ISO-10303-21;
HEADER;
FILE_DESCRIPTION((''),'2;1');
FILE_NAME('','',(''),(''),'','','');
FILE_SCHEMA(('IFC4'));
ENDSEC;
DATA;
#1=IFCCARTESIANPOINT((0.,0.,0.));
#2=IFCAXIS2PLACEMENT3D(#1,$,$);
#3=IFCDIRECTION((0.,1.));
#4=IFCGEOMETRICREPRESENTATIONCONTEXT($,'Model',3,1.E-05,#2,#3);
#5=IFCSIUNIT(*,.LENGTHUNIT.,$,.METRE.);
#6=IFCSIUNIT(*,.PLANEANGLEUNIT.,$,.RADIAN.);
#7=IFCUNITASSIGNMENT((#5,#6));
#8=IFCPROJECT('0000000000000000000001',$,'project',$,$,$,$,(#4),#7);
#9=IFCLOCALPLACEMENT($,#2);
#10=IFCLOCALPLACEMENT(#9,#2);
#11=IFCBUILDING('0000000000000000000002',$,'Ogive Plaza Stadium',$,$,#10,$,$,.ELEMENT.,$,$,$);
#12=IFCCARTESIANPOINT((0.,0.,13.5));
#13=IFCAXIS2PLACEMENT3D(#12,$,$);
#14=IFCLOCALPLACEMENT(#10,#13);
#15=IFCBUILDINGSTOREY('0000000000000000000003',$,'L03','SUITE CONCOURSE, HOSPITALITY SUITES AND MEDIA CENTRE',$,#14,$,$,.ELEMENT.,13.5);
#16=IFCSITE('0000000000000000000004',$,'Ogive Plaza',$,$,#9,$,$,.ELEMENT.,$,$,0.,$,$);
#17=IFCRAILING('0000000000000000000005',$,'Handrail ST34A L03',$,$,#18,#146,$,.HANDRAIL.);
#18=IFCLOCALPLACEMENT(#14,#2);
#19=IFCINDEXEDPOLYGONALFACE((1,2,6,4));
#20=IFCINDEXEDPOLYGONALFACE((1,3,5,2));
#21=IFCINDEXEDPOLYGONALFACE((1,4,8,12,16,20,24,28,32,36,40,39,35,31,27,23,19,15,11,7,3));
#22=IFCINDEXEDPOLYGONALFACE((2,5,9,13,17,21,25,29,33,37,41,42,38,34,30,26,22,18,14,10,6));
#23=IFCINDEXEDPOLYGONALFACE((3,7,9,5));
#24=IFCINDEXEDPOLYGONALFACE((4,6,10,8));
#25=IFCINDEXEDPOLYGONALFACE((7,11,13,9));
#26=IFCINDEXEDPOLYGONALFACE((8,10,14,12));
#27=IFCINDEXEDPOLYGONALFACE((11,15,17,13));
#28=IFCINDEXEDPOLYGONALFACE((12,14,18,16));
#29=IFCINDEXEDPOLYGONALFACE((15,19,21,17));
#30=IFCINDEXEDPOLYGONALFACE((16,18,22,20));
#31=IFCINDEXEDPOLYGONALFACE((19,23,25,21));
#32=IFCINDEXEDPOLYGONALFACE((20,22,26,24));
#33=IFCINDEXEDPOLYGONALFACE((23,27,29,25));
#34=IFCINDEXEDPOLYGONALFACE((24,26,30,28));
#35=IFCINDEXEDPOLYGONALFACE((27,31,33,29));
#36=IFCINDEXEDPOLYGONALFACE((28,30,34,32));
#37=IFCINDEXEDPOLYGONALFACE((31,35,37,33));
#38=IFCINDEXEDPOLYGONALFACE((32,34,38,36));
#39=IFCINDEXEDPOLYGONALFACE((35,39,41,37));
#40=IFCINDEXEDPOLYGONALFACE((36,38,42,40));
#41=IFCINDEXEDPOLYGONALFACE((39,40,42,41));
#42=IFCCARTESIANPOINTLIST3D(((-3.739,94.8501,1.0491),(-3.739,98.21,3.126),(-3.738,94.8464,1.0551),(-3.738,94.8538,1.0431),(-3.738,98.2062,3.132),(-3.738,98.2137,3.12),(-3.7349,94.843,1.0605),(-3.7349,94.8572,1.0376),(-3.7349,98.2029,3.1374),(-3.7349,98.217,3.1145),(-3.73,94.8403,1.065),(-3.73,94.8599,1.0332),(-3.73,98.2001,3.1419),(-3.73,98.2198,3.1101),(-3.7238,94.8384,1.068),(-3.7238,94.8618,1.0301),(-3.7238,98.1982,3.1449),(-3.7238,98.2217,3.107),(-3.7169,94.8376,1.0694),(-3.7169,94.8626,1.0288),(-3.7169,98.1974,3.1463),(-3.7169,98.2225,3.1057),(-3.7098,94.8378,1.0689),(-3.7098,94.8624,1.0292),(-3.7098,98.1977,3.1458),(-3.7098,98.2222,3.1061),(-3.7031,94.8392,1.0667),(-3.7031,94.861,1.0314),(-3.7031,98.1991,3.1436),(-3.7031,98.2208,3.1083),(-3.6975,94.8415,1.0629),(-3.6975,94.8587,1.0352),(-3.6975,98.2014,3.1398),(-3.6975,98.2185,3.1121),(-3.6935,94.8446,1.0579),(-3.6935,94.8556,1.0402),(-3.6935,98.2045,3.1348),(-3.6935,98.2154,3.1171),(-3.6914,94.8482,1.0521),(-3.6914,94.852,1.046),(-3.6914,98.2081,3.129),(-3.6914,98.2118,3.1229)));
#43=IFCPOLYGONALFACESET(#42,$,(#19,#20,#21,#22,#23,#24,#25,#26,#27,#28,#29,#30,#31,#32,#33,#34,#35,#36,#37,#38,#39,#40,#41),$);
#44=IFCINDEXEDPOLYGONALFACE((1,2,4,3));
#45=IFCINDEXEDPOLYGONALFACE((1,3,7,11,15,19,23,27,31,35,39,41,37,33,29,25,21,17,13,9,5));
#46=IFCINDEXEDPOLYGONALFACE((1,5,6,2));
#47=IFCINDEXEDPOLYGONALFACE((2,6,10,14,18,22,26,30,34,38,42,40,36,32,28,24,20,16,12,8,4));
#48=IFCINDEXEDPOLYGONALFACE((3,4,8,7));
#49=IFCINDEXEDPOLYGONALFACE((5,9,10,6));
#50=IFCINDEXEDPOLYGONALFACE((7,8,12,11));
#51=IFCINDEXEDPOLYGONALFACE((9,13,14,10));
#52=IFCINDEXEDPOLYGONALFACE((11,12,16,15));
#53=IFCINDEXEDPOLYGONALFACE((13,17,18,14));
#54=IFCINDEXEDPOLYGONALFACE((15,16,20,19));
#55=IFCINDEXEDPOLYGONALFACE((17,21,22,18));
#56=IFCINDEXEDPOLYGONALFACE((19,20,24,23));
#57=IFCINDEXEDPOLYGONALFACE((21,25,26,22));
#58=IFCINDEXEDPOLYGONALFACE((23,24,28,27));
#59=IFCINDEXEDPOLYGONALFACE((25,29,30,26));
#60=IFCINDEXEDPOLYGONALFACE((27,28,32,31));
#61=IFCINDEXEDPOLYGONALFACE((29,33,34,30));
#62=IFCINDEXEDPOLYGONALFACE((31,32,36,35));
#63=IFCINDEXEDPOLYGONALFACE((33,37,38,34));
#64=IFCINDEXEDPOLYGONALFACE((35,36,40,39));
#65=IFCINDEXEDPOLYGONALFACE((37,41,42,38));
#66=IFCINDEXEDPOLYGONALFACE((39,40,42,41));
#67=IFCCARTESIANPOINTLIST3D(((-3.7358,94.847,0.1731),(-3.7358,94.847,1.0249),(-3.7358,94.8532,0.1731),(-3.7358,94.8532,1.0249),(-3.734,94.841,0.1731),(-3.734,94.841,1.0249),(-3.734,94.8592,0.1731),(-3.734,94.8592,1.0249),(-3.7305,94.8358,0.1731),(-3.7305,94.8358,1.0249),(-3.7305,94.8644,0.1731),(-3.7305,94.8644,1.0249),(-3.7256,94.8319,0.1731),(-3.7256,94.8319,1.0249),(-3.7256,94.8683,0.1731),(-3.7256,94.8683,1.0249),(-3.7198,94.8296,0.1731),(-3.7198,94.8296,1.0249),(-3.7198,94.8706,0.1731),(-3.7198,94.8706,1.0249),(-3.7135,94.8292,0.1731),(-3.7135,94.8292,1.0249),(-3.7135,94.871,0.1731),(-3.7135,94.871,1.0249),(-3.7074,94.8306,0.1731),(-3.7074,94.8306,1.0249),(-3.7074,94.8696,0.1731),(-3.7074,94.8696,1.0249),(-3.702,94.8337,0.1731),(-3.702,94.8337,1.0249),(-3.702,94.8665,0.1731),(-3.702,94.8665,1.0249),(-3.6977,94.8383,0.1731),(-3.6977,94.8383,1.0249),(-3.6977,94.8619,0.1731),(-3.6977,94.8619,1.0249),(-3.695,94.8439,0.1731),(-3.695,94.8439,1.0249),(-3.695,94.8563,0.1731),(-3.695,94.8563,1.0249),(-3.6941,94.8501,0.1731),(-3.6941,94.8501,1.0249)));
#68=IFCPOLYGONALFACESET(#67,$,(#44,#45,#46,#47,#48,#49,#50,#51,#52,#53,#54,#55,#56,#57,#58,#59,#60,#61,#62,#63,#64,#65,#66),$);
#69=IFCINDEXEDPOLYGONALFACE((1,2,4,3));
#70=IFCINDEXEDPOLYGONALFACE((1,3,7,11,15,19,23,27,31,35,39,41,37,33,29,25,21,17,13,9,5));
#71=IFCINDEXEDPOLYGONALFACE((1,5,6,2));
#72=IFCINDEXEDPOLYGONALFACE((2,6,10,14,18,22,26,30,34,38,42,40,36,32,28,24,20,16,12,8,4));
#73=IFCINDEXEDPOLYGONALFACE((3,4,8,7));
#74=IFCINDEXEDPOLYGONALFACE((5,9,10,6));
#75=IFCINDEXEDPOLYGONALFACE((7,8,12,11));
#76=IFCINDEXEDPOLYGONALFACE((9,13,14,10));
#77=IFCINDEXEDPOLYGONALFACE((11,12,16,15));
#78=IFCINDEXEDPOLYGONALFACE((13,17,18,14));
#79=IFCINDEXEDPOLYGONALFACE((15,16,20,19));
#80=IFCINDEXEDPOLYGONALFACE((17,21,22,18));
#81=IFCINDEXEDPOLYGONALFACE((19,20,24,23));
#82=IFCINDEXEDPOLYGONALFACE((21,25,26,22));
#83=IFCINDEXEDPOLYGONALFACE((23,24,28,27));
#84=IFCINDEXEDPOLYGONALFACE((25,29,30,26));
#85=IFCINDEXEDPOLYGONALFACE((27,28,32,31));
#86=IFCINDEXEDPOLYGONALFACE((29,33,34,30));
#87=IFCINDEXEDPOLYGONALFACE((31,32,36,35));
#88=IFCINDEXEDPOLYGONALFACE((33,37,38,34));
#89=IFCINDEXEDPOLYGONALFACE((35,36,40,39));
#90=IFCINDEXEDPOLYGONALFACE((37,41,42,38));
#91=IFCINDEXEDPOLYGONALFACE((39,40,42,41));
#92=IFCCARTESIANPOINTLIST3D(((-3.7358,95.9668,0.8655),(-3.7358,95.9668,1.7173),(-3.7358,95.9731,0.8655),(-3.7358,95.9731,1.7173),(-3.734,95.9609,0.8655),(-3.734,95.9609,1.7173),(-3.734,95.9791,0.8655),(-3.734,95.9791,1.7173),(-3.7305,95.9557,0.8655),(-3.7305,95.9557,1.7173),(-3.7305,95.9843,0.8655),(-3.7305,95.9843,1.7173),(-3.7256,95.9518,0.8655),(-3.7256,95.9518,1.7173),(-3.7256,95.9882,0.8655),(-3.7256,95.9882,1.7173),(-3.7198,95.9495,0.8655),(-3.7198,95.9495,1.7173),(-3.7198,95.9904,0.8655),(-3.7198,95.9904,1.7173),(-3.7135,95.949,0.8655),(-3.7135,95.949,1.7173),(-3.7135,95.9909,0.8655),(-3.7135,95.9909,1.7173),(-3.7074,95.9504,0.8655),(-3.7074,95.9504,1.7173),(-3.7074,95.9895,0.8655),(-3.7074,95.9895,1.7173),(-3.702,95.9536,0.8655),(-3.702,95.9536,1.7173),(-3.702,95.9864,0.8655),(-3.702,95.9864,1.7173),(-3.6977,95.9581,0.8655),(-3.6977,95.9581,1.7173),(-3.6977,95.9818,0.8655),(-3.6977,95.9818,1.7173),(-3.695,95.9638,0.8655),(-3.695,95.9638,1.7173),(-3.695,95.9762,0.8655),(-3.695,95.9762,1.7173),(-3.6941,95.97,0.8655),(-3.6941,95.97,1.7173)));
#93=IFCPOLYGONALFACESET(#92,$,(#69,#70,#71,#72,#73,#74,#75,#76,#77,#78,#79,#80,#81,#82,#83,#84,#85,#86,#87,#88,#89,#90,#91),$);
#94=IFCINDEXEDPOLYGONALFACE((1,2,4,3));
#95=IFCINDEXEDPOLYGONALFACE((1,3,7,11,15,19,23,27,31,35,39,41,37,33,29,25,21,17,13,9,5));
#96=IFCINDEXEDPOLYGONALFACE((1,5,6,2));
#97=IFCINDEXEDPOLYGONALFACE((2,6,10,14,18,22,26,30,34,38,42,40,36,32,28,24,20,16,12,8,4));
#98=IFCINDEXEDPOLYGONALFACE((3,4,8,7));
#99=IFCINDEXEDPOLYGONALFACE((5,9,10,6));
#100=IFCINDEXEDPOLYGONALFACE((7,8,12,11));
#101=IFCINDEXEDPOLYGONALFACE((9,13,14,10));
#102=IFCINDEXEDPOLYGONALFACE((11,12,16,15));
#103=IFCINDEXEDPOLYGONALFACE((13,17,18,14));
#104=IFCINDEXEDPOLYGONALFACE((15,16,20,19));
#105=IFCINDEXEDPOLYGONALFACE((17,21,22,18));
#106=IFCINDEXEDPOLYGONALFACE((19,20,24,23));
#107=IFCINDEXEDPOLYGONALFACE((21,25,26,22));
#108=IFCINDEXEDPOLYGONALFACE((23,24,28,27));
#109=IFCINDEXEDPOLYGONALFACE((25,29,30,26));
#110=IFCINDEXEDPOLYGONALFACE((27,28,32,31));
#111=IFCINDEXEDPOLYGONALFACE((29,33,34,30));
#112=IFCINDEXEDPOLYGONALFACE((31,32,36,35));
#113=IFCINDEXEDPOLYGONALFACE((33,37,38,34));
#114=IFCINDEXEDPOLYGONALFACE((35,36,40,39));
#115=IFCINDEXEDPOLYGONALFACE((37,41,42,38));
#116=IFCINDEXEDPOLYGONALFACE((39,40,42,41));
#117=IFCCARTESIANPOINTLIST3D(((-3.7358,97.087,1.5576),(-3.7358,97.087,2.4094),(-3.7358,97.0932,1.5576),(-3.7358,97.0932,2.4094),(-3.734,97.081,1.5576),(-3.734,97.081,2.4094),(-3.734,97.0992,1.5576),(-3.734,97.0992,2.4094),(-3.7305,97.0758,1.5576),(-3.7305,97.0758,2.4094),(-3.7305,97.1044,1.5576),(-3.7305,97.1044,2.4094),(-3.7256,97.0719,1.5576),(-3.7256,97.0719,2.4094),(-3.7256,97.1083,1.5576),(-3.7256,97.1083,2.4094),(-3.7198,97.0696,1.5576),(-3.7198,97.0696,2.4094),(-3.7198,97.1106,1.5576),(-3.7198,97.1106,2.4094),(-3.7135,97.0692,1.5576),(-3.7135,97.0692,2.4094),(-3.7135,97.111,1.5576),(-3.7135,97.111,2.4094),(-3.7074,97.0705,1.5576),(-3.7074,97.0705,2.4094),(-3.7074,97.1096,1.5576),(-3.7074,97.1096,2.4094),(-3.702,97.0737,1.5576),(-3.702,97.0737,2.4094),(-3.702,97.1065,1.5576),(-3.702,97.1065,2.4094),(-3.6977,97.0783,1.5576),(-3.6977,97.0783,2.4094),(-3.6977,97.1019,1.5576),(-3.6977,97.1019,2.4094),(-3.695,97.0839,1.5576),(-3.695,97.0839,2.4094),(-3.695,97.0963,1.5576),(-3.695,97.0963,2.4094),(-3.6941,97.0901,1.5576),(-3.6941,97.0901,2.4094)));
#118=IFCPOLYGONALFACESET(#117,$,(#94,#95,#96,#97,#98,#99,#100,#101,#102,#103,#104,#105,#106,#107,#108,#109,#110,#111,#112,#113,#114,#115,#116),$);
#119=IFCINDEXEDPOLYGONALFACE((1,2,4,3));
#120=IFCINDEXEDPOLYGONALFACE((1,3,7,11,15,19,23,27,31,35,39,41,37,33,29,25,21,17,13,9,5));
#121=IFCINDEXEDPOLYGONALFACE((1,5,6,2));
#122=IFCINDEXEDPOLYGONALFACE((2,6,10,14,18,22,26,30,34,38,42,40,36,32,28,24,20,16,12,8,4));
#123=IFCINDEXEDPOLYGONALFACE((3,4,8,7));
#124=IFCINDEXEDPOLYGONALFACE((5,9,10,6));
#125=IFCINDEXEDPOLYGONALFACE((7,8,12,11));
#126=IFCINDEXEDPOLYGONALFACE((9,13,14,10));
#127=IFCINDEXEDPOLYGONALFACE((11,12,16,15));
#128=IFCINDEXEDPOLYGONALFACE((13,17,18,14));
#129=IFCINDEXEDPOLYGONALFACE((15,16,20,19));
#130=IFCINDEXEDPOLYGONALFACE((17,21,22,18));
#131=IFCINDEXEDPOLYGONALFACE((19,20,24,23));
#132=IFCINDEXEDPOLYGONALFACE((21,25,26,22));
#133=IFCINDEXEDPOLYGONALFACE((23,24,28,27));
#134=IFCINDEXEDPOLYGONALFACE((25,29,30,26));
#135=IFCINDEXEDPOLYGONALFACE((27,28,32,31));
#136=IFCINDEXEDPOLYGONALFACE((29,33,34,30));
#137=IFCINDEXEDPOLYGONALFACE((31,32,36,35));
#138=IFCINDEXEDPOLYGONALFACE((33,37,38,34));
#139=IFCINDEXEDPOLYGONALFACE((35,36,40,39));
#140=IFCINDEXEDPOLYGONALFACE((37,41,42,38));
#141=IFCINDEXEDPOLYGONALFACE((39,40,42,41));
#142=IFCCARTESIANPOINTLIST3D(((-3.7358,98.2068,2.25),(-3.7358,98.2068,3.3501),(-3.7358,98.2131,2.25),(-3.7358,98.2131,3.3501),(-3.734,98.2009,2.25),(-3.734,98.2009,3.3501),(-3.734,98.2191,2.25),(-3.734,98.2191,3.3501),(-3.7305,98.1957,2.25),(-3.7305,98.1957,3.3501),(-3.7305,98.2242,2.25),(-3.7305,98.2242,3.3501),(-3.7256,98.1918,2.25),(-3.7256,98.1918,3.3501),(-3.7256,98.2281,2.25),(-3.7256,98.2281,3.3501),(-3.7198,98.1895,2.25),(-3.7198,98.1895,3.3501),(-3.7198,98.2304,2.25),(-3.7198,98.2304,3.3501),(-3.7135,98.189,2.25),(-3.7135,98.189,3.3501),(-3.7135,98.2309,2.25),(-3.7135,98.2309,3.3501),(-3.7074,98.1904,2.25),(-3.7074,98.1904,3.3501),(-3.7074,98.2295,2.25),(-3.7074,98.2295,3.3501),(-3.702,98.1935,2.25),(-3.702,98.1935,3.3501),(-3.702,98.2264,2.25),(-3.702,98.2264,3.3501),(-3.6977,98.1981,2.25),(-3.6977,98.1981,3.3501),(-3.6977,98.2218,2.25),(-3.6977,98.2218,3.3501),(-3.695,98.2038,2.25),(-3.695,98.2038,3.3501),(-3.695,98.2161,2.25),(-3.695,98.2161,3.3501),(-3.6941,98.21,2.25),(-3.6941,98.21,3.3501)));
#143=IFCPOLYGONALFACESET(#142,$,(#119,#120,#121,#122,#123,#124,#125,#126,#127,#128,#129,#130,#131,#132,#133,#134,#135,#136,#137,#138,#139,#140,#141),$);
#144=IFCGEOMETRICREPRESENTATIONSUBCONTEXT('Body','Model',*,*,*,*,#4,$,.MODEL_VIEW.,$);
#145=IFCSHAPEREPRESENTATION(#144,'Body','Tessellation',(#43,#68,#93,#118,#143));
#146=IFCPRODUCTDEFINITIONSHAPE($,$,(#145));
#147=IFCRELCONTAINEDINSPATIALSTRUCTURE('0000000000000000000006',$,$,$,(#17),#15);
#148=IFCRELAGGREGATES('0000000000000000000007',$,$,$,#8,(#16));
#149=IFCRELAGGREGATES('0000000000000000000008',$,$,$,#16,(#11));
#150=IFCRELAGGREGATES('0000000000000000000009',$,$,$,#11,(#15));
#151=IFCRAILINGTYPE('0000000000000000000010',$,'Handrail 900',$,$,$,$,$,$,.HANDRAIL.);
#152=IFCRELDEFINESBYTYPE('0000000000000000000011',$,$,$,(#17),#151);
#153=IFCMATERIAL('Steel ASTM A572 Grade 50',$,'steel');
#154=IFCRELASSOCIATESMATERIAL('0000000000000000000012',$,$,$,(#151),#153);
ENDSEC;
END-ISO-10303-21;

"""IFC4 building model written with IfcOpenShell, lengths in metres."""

from ifc_helpers import new_model, si_unit, direction, frame, origin, origin_2d, place, context, subcontext, project, spatial, circle, extrude, material, type_object, element, save


model = new_model("IFC4")

# Units and contexts
model_context = context("Model", 3, precision=1e-05, world=origin(), true_north=direction((0.0, 1.0)))
body_context = subcontext(model_context, "Body", "Model", "MODEL_VIEW")
ifc_project = project(units=[si_unit("LENGTHUNIT", "METRE"), si_unit("PLANEANGLEUNIT", "RADIAN")], contexts=[model_context])

# Site, building, storey
site_placement = place(None, origin())
site = spatial("IfcSite", under=ifc_project, at=site_placement, Name="Ogive Plaza", CompositionType="ELEMENT", RefElevation=0.0)
building_placement = place(site_placement, origin())
building = spatial("IfcBuilding", under=site, at=building_placement, Name="Ogive Plaza Stadium", CompositionType="ELEMENT")
storey_placement = place(building_placement, frame((0.0, 0.0, 13.5)))
storey = spatial("IfcBuildingStorey", under=building, at=storey_placement, Name="L03", Description="SUITE CONCOURSE, HOSPITALITY SUITES AND MEDIA CENTRE", CompositionType="ELEMENT", Elevation=13.5)

# Railing
ifc_material_1 = material(Name="Steel ASTM A572 Grade 50", Category="steel")
railing_type_1 = type_object("IfcRailingType", Name="Handrail 900", PredefinedType="HANDRAIL", material=ifc_material_1)
for number, where, name in (
    (1, (-3.7151, 94.8501, 0.1731), "Handrail ST34A L03"),
):
    element("IfcRailing", number, at=place(storey_placement, frame(where)), inside=storey, type_object=railing_type_1, Name=name, PredefinedType="HANDRAIL", context=body_context, shape_type="SweptSolid", body=[
        extrude(circle(Radius=0.0239, at=origin_2d()), frame((0.0, 0.0, 0.876), z_axis=(0.0, 0.850606, 0.525803), x_axis=(-1.0, 0.0, 0.0)), (0.0, 0.0, 1.0), 3.95),
        extrude(circle(Radius=0.021, at=origin_2d()), origin(), (0.0, 0.0, 1.0), 0.8518),
        extrude(circle(Radius=0.021, at=origin_2d()), frame((0.0, 1.1199, 0.6924)), (0.0, 0.0, 1.0), 0.8518),
        extrude(circle(Radius=0.021, at=origin_2d()), frame((0.0, 2.24, 1.3845)), (0.0, 0.0, 1.0), 0.8518),
        extrude(circle(Radius=0.021, at=origin_2d()), frame((0.0, 3.3599, 2.0769)), (0.0, 0.0, 1.0), 1.1001),
    ])

save(model, "model.ifc")
